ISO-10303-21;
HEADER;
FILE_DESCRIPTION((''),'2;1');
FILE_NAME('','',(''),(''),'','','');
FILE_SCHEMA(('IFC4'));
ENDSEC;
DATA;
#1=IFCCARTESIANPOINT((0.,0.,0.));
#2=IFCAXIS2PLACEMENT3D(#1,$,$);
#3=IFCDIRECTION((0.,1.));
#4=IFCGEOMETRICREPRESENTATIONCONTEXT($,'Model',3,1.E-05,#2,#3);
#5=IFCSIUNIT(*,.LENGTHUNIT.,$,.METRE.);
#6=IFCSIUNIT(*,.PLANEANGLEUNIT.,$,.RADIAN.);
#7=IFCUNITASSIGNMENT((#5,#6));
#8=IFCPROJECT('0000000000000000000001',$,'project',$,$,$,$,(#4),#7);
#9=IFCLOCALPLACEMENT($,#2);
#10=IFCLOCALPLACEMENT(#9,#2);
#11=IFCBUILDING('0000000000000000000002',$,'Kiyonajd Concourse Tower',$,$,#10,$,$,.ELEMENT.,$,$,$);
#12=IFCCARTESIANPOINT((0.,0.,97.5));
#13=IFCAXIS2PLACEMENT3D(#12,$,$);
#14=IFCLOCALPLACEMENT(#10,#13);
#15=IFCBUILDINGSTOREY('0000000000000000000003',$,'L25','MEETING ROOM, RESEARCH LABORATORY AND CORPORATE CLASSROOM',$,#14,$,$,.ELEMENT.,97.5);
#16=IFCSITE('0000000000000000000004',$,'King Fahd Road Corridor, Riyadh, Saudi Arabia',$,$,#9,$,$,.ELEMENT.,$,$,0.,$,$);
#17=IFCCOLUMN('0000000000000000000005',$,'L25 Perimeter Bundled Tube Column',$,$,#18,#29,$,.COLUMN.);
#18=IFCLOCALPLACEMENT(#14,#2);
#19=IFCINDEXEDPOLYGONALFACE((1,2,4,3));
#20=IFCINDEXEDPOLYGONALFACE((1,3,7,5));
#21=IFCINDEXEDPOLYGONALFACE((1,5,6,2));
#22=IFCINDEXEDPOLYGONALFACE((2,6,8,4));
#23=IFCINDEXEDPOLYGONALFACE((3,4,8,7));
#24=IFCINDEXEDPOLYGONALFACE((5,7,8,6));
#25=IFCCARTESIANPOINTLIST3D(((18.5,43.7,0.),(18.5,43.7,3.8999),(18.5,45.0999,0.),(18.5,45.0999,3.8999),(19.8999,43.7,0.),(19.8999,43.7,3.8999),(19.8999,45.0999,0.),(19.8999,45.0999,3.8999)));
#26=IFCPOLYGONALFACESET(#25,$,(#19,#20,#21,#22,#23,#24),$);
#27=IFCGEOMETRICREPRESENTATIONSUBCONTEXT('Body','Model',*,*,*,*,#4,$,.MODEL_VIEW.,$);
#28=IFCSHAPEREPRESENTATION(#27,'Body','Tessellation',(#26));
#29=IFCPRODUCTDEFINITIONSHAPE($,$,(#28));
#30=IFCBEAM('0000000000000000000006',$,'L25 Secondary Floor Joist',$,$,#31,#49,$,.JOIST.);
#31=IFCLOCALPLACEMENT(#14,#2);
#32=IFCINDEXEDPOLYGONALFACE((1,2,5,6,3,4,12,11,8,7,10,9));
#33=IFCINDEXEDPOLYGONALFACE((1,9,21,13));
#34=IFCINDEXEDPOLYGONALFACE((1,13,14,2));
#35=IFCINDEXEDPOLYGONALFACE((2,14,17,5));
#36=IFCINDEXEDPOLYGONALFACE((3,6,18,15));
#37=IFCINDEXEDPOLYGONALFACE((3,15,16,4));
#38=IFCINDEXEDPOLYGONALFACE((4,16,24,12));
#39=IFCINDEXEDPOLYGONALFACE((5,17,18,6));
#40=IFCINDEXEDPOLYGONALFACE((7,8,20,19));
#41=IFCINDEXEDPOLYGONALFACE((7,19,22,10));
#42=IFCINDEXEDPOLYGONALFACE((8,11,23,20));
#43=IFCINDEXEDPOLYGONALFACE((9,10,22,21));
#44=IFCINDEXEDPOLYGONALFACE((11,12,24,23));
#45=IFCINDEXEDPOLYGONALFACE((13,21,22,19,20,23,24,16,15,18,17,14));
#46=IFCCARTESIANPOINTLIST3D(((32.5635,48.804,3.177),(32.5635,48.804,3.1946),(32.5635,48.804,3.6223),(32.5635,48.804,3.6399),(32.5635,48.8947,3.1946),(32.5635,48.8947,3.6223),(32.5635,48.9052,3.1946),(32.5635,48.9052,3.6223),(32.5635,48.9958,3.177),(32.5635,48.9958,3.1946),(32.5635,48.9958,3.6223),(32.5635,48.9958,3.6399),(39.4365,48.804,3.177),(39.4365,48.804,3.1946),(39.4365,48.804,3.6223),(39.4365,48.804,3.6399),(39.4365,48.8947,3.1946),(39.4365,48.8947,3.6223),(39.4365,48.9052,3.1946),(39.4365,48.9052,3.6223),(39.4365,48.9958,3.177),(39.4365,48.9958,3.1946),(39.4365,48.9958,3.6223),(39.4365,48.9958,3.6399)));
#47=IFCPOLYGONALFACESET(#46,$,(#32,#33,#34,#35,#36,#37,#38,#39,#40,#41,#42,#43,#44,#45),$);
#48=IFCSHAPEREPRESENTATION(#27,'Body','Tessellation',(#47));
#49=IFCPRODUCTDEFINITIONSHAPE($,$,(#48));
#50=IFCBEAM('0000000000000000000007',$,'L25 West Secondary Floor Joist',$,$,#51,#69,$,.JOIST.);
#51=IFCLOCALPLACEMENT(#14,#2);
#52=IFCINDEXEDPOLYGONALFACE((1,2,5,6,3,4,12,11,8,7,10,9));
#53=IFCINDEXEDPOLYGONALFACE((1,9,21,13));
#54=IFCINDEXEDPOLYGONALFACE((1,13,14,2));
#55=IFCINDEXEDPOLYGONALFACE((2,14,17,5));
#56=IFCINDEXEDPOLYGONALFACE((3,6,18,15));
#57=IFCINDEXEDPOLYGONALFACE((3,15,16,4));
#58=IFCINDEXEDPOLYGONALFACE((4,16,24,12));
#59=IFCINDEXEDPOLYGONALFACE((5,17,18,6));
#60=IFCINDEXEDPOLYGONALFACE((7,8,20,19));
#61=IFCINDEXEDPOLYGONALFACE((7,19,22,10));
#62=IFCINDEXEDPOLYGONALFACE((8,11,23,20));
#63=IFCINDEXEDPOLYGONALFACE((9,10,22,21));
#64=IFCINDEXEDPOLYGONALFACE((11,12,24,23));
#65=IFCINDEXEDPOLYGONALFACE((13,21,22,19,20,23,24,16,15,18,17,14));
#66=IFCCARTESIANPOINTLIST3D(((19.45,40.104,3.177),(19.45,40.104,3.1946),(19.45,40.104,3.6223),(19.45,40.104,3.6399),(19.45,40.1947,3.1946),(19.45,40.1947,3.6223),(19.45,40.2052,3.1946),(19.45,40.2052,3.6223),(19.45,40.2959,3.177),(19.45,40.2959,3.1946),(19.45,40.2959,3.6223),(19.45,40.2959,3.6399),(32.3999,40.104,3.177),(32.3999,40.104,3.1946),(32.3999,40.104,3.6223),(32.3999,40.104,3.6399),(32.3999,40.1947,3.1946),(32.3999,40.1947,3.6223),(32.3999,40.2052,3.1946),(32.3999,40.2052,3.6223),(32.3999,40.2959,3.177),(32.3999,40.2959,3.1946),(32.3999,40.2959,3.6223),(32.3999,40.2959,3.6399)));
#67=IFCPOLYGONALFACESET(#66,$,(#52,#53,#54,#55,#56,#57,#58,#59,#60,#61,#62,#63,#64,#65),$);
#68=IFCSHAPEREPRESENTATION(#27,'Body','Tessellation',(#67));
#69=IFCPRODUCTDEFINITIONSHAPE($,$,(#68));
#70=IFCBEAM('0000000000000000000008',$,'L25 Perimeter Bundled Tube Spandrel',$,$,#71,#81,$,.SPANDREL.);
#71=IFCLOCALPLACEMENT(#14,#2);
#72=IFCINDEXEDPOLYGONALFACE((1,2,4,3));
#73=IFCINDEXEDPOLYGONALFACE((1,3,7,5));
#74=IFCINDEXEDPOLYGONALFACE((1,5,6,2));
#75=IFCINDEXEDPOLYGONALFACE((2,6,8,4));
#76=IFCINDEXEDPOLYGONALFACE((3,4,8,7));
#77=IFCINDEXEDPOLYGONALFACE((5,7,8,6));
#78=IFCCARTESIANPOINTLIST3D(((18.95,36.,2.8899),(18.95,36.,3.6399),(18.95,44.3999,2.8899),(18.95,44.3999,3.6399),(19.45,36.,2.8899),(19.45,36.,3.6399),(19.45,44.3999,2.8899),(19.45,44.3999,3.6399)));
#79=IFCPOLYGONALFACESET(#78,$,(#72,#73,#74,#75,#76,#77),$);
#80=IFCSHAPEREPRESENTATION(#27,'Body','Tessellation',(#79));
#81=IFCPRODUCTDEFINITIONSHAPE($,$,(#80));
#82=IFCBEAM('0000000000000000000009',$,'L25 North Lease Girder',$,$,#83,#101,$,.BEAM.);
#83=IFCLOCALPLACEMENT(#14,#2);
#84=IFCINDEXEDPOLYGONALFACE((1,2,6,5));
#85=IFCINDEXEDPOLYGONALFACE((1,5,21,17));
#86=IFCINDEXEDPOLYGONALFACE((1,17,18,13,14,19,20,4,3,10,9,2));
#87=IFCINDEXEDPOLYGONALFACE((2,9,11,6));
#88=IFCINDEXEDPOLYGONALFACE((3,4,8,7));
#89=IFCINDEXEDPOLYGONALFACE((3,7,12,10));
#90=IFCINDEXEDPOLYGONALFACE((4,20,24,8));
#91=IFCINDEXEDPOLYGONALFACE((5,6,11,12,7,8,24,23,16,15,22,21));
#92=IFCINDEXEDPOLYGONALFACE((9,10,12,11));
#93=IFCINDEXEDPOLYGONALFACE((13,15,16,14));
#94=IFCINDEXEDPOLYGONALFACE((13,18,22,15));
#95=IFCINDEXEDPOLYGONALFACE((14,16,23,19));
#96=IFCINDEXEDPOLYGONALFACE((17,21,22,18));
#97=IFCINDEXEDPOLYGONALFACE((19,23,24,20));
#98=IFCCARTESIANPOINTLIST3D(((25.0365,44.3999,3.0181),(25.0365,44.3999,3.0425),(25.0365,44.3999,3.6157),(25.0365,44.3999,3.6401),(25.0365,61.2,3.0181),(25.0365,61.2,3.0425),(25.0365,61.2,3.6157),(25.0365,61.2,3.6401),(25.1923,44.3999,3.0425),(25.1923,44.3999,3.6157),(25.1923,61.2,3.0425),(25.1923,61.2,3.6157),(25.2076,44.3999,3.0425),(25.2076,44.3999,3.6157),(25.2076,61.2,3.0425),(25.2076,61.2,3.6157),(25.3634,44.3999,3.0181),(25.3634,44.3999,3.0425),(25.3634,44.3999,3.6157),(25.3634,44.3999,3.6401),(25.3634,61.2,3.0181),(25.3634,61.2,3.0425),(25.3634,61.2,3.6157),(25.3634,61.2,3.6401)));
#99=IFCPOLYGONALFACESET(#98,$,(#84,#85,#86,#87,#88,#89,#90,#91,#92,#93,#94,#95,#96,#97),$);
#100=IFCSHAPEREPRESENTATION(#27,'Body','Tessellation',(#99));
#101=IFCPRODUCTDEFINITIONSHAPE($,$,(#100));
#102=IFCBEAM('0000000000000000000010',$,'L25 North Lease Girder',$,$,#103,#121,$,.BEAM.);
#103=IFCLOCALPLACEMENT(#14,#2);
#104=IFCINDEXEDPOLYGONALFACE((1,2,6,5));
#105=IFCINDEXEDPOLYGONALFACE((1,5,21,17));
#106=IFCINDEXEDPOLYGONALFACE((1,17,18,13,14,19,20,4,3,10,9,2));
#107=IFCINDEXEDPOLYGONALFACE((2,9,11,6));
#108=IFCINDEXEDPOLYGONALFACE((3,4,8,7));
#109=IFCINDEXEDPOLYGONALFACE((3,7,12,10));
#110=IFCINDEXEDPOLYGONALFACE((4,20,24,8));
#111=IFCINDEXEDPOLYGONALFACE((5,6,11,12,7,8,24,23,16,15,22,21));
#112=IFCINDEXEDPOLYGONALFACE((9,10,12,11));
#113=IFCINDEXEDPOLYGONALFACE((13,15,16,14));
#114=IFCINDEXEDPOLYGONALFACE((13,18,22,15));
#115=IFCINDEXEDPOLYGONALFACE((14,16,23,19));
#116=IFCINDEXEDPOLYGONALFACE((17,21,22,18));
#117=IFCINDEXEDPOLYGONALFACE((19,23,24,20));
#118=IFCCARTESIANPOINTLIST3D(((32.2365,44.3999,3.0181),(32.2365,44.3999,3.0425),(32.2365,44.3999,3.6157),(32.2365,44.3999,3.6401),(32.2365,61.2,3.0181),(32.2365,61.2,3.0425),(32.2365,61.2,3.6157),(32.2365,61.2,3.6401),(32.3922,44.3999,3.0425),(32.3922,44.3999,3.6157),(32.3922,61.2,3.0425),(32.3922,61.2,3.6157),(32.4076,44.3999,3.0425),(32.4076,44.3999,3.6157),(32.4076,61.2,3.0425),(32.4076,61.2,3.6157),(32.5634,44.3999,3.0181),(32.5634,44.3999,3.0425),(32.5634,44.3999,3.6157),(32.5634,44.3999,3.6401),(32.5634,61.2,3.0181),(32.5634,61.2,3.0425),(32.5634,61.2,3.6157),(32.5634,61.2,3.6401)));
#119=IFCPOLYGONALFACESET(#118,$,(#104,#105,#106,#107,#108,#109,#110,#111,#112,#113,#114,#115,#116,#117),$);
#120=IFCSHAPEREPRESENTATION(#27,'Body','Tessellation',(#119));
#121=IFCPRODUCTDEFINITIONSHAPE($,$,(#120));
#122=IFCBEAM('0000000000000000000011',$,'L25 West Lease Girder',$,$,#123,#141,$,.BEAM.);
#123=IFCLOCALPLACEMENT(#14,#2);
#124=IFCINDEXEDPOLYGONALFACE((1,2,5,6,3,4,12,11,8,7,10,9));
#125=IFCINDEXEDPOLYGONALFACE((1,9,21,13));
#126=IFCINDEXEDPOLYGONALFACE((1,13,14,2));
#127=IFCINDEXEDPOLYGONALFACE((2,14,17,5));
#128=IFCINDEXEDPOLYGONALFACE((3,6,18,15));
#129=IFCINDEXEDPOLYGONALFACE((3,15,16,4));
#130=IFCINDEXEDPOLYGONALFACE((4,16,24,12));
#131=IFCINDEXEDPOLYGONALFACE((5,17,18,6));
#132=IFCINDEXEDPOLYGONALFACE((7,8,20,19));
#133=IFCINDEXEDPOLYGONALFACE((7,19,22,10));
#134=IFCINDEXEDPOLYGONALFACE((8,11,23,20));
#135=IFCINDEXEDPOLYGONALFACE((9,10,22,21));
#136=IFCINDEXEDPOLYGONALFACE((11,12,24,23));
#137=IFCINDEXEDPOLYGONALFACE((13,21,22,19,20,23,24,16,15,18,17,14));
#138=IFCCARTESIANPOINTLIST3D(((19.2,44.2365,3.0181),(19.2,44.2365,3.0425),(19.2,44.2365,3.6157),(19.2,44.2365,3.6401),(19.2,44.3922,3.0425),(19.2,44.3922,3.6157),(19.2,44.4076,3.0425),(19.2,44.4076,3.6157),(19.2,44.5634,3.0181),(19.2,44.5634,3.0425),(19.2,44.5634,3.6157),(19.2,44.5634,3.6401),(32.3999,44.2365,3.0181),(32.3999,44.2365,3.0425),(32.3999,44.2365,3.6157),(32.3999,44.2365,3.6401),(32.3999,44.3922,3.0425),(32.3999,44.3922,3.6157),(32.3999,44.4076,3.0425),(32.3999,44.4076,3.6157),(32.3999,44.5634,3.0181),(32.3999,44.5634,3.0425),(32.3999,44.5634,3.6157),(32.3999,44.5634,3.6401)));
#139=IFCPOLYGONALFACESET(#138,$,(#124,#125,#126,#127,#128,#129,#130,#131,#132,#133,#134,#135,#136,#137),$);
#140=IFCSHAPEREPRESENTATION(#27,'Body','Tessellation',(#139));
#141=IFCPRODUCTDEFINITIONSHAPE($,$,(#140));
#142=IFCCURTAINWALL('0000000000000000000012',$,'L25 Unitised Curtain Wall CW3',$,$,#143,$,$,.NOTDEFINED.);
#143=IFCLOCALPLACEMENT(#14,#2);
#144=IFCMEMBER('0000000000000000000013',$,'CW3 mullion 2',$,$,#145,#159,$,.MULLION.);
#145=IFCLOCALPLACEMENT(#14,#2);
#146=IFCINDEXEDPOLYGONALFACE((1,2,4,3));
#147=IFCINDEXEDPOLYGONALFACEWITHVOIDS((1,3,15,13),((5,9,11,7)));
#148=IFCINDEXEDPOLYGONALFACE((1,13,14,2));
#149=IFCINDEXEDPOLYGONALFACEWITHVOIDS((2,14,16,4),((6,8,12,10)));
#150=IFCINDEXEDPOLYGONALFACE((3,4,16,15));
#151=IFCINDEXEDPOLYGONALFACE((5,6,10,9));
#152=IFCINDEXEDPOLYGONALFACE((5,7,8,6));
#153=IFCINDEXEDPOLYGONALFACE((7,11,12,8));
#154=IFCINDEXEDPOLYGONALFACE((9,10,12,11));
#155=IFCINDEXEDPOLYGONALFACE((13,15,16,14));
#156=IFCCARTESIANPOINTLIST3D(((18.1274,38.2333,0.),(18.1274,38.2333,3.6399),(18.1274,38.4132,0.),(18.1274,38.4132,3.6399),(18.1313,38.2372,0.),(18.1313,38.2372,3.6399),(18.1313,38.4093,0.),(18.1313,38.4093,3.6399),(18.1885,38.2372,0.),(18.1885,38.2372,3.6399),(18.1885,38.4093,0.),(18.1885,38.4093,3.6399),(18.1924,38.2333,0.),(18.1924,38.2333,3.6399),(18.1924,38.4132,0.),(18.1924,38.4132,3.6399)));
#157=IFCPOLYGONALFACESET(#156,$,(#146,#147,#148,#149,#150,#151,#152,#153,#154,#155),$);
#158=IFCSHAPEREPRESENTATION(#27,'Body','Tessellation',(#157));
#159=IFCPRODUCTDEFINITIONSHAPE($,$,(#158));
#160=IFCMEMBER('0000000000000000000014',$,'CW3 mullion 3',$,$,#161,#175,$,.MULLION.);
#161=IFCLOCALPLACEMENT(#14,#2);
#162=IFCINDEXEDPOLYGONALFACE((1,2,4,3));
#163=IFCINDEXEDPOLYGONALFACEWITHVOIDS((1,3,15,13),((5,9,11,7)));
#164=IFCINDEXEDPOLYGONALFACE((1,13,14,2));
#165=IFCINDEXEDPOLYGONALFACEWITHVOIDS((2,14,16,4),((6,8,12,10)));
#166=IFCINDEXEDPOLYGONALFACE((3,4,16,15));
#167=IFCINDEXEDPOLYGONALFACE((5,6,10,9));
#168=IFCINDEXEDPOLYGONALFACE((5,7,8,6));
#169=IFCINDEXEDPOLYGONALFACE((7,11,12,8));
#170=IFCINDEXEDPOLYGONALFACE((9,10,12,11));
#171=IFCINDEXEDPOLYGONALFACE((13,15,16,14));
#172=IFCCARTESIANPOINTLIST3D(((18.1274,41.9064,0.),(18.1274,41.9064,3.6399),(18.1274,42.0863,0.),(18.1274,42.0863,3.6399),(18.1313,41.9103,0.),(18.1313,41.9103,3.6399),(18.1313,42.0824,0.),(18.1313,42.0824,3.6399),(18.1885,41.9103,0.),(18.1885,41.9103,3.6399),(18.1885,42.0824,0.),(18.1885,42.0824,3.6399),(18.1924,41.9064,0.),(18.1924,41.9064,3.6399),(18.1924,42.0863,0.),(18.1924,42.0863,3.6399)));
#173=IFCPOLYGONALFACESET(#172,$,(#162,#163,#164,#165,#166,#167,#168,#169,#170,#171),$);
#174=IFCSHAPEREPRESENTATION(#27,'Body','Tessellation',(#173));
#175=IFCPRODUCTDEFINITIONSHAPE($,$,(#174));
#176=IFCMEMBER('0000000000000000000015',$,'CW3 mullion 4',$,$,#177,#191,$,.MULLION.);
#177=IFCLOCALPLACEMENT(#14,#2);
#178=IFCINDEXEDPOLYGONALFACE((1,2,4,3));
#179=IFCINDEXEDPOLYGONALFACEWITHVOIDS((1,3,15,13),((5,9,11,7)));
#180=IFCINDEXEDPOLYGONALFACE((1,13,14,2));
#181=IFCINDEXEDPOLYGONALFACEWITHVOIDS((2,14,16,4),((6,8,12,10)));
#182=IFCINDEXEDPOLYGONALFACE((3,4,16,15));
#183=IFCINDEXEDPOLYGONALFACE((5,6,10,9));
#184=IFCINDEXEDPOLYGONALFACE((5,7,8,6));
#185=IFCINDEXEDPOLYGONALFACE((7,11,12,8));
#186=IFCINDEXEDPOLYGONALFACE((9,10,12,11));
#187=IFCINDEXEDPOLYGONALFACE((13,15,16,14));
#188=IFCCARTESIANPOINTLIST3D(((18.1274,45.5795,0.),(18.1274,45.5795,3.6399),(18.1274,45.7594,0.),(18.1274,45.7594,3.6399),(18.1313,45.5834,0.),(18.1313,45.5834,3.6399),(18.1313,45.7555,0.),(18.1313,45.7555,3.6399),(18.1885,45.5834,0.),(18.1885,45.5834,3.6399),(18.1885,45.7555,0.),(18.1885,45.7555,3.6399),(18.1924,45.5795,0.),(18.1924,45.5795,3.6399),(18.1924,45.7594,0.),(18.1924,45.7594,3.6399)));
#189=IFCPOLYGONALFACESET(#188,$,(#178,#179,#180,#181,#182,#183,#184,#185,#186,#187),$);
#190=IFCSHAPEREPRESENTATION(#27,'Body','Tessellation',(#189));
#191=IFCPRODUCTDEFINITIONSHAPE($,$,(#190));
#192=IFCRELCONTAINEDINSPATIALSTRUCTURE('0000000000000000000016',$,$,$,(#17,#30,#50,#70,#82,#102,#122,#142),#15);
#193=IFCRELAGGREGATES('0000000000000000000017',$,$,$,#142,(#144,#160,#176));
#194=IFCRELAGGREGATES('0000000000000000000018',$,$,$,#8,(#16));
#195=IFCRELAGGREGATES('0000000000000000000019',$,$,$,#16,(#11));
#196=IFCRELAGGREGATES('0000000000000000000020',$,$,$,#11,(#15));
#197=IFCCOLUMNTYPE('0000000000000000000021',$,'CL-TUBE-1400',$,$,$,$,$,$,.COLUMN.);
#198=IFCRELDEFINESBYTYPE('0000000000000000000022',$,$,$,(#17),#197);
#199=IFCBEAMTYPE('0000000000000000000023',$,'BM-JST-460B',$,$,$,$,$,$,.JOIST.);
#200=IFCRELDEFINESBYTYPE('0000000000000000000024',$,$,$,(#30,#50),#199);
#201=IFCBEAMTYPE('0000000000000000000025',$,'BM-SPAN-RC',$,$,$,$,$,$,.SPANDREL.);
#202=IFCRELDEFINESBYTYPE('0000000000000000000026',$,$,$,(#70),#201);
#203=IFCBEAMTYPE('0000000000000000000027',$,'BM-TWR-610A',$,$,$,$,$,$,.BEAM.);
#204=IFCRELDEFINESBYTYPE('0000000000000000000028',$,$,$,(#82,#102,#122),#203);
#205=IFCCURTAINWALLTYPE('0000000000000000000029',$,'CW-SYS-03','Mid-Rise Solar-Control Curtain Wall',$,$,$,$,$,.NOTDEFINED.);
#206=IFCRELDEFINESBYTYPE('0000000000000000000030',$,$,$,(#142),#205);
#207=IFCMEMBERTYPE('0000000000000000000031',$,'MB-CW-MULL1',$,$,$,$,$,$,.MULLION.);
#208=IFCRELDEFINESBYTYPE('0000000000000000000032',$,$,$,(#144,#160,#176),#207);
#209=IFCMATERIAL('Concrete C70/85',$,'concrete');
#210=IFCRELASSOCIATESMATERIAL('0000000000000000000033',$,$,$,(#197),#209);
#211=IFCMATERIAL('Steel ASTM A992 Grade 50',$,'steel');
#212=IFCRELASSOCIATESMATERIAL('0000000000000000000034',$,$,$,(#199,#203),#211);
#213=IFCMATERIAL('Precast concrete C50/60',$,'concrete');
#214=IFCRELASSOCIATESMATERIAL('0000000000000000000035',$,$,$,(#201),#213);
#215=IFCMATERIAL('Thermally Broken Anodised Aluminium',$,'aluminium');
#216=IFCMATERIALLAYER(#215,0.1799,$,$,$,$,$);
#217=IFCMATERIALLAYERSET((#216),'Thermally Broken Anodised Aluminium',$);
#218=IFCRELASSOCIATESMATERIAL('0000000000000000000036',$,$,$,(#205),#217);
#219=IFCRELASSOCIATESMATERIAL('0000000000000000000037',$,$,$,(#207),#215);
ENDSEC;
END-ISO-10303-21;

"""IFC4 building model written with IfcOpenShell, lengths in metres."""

from ifc_helpers import new_model, si_unit, direction, frame, origin, origin_2d, place, context, subcontext, project, spatial, rectangle, hollow_rectangle, i_section, extrude, material, layer, layer_set, material_profile, profile_set, type_object, element, aggregate, save


model = new_model("IFC4")

# Units and contexts
model_context = context("Model", 3, precision=1e-05, world=origin(), true_north=direction((0.0, 1.0)))
body_context = subcontext(model_context, "Body", "Model", "MODEL_VIEW")
ifc_project = project(units=[si_unit("LENGTHUNIT", "METRE"), si_unit("PLANEANGLEUNIT", "RADIAN")], contexts=[model_context])

# Site, building, storey
site_placement = place(None, origin())
site = spatial("IfcSite", under=ifc_project, at=site_placement, Name="King Fahd Road Corridor, Riyadh, Saudi Arabia", CompositionType="ELEMENT", RefElevation=0.0)
building_placement = place(site_placement, origin())
building = spatial("IfcBuilding", under=site, at=building_placement, Name="Kiyonajd Concourse Tower", CompositionType="ELEMENT")
storey_placement = place(building_placement, frame((0.0, 0.0, 97.5)))
storey = spatial("IfcBuildingStorey", under=building, at=storey_placement, Name="L25", Description="MEETING ROOM, RESEARCH LABORATORY AND CORPORATE CLASSROOM", CompositionType="ELEMENT", Elevation=97.5)

# Column
ifc_material_1 = material(Name="Concrete C70/85", Category="concrete")
ifc_material_profile_1 = material_profile(ifc_material_1, rectangle(XDim=1.3999, YDim=1.3999, at=origin_2d()), Name="RC-1400x1400")
ifc_profile_set_1 = profile_set([ifc_material_profile_1], Name="Concrete C70/85")
column_type = type_object("IfcColumnType", Name="CL-TUBE-1400", PredefinedType="COLUMN", material=ifc_profile_set_1)
column_placement = place(storey_placement, frame((19.2, 44.3999, 0.0), z_axis=(0.0, 0.0, 1.0), x_axis=(1.0, 0.0, 0.0)))
element("IfcColumn", 1, at=column_placement, inside=storey, type_object=column_type, Name="L25 Perimeter Bundled Tube Column", PredefinedType="COLUMN", context=body_context, shape_type="SweptSolid", body=[
    extrude(rectangle(XDim=1.3999, YDim=1.3999, at=origin_2d()), origin(), (0.0, 0.0, 1.0), 3.8999),
])

# Beams
ifc_material_2 = material(Name="Steel ASTM A992 Grade 50", Category="steel")
ifc_material_profile_2 = material_profile(ifc_material_2, i_section(OverallWidth=0.1919, OverallDepth=0.4629, WebThickness=0.0105, FlangeThickness=0.0176, at=origin_2d()), Name="W460X89")
ifc_profile_set_2 = profile_set([ifc_material_profile_2], Name="Steel ASTM A992 Grade 50")
beam_type_1 = type_object("IfcBeamType", Name="BM-JST-460B", PredefinedType="JOIST", material=ifc_profile_set_2)
beam_1_placement = place(storey_placement, frame((32.5635, 48.8999, 3.4084), z_axis=(1.0, 0.0, 0.0), x_axis=(0.0, 1.0, 0.0)))
element("IfcBeam", 2, at=beam_1_placement, inside=storey, type_object=beam_type_1, Name="L25 Secondary Floor Joist", PredefinedType="JOIST", context=body_context, shape_type="SweptSolid", body=[
    extrude(i_section(OverallWidth=0.1919, OverallDepth=0.4629, WebThickness=0.0105, FlangeThickness=0.0176, at=origin_2d()), origin(), (0.0, 0.0, 1.0), 6.873),
])
beam_2_placement = place(storey_placement, frame((19.45, 40.2, 3.4084), z_axis=(1.0, 0.0, 0.0), x_axis=(0.0, 1.0, 0.0)))
element("IfcBeam", 3, at=beam_2_placement, inside=storey, type_object=beam_type_1, Name="L25 West Secondary Floor Joist", PredefinedType="JOIST", context=body_context, shape_type="SweptSolid", body=[
    extrude(i_section(OverallWidth=0.1919, OverallDepth=0.4629, WebThickness=0.0105, FlangeThickness=0.0176, at=origin_2d()), origin(), (0.0, 0.0, 1.0), 12.95),
])
ifc_material_3 = material(Name="Precast concrete C50/60", Category="concrete")
ifc_material_profile_3 = material_profile(ifc_material_3, rectangle(XDim=0.5, YDim=0.75, at=origin_2d()), Name="RCBM-500x750")
ifc_profile_set_3 = profile_set([ifc_material_profile_3], Name="Precast concrete C50/60")
beam_type_2 = type_object("IfcBeamType", Name="BM-SPAN-RC", PredefinedType="SPANDREL", material=ifc_profile_set_3)
beam_3_placement = place(storey_placement, frame((19.2, 44.3999, 3.2649), z_axis=(0.0, -1.0, 0.0), x_axis=(1.0, 0.0, 0.0)))
element("IfcBeam", 4, at=beam_3_placement, inside=storey, type_object=beam_type_2, Name="L25 Perimeter Bundled Tube Spandrel", PredefinedType="SPANDREL", context=body_context, shape_type="SweptSolid", body=[
    extrude(rectangle(XDim=0.5, YDim=0.75, at=origin_2d()), origin(), (0.0, 0.0, 1.0), 8.3999),
])
ifc_material_profile_4 = material_profile(ifc_material_2, i_section(OverallWidth=0.3269, OverallDepth=0.6221, WebThickness=0.0154, FlangeThickness=0.0244, at=origin_2d()), Name="W610X195")
ifc_profile_set_4 = profile_set([ifc_material_profile_4], Name="Steel ASTM A992 Grade 50")
beam_type_3 = type_object("IfcBeamType", Name="BM-TWR-610A", PredefinedType="BEAM", material=ifc_profile_set_4)
for number, where, z_axis, x_axis, name in (
    (5, (25.2, 44.3999, 3.3291), (0.0, 1.0, 0.0), (-1.0, 0.0, 0.0), "L25 North Lease Girder"),
    (6, (32.3999, 44.3999, 3.3291), (0.0, 1.0, 0.0), (-1.0, 0.0, 0.0), "L25 North Lease Girder"),
):
    element("IfcBeam", number, at=place(storey_placement, frame(where, z_axis=z_axis, x_axis=x_axis)), inside=storey, type_object=beam_type_3, Name=name, PredefinedType="BEAM", context=body_context, shape_type="SweptSolid", body=[
        extrude(i_section(OverallWidth=0.3269, OverallDepth=0.6221, WebThickness=0.0154, FlangeThickness=0.0244, at=origin_2d()), origin(), (0.0, 0.0, 1.0), 16.8),
    ])
beam_4_placement = place(storey_placement, frame((19.2, 44.3999, 3.3291), z_axis=(1.0, 0.0, 0.0), x_axis=(0.0, 1.0, 0.0)))
element("IfcBeam", 7, at=beam_4_placement, inside=storey, type_object=beam_type_3, Name="L25 West Lease Girder", PredefinedType="BEAM", context=body_context, shape_type="SweptSolid", body=[
    extrude(i_section(OverallWidth=0.3269, OverallDepth=0.6221, WebThickness=0.0154, FlangeThickness=0.0244, at=origin_2d()), origin(), (0.0, 0.0, 1.0), 13.2),
])

# Curtain wall, members
ifc_material_4 = material(Name="Thermally Broken Anodised Aluminium", Category="aluminium")
ifc_layer_1 = layer(ifc_material_4, 0.1799)
ifc_layer_set_1 = layer_set([ifc_layer_1], Name="Thermally Broken Anodised Aluminium")
curtain_wall_type = type_object("IfcCurtainWallType", Name="CW-SYS-03", Description="Mid-Rise Solar-Control Curtain Wall", PredefinedType="NOTDEFINED", material=ifc_layer_set_1)
curtain_wall_placement = place(storey_placement, origin())
curtain_wall = element("IfcCurtainWall", 8, at=curtain_wall_placement, inside=storey, type_object=curtain_wall_type, Name="L25 Unitised Curtain Wall CW3", PredefinedType="NOTDEFINED")
ifc_material_profile_5 = material_profile(ifc_material_4, hollow_rectangle(XDim=0.0649, YDim=0.1799, WallThickness=0.0039, at=origin_2d()), Name="MULL-65x180")
ifc_profile_set_5 = profile_set([ifc_material_profile_5], Name="Thermally Broken Anodised Aluminium")
member_type_1 = type_object("IfcMemberType", Name="MB-CW-MULL1", PredefinedType="MULLION", material=ifc_profile_set_5)
member_1_placement = place(storey_placement, frame((18.1599, 38.3232, 0.0), z_axis=(0.0, 0.0, 1.0), x_axis=(-1.0, 0.0, 0.0)))
member_1 = element("IfcMember", 9, at=member_1_placement, type_object=member_type_1, Name="CW3 mullion 2", PredefinedType="MULLION", context=body_context, shape_type="SweptSolid", body=[
    extrude(hollow_rectangle(XDim=0.0649, YDim=0.1799, WallThickness=0.0039, at=origin_2d()), origin(), (0.0, 0.0, 1.0), 3.6399),
])
member_2_placement = place(storey_placement, frame((18.1599, 41.9963, 0.0), z_axis=(0.0, 0.0, 1.0), x_axis=(-1.0, 0.0, 0.0)))
member_2 = element("IfcMember", 10, at=member_2_placement, type_object=member_type_1, Name="CW3 mullion 3", PredefinedType="MULLION", context=body_context, shape_type="SweptSolid", body=[
    extrude(hollow_rectangle(XDim=0.0649, YDim=0.1799, WallThickness=0.0039, at=origin_2d()), origin(), (0.0, 0.0, 1.0), 3.6399),
])
member_3_placement = place(storey_placement, frame((18.1599, 45.6694, 0.0), z_axis=(0.0, 0.0, 1.0), x_axis=(-1.0, 0.0, 0.0)))
member_3 = element("IfcMember", 11, at=member_3_placement, type_object=member_type_1, Name="CW3 mullion 4", PredefinedType="MULLION", context=body_context, shape_type="SweptSolid", body=[
    extrude(hollow_rectangle(XDim=0.0649, YDim=0.1799, WallThickness=0.0039, at=origin_2d()), origin(), (0.0, 0.0, 1.0), 3.6399),
])
aggregate(curtain_wall, [member_1, member_2, member_3])

save(model, "model.ifc")
